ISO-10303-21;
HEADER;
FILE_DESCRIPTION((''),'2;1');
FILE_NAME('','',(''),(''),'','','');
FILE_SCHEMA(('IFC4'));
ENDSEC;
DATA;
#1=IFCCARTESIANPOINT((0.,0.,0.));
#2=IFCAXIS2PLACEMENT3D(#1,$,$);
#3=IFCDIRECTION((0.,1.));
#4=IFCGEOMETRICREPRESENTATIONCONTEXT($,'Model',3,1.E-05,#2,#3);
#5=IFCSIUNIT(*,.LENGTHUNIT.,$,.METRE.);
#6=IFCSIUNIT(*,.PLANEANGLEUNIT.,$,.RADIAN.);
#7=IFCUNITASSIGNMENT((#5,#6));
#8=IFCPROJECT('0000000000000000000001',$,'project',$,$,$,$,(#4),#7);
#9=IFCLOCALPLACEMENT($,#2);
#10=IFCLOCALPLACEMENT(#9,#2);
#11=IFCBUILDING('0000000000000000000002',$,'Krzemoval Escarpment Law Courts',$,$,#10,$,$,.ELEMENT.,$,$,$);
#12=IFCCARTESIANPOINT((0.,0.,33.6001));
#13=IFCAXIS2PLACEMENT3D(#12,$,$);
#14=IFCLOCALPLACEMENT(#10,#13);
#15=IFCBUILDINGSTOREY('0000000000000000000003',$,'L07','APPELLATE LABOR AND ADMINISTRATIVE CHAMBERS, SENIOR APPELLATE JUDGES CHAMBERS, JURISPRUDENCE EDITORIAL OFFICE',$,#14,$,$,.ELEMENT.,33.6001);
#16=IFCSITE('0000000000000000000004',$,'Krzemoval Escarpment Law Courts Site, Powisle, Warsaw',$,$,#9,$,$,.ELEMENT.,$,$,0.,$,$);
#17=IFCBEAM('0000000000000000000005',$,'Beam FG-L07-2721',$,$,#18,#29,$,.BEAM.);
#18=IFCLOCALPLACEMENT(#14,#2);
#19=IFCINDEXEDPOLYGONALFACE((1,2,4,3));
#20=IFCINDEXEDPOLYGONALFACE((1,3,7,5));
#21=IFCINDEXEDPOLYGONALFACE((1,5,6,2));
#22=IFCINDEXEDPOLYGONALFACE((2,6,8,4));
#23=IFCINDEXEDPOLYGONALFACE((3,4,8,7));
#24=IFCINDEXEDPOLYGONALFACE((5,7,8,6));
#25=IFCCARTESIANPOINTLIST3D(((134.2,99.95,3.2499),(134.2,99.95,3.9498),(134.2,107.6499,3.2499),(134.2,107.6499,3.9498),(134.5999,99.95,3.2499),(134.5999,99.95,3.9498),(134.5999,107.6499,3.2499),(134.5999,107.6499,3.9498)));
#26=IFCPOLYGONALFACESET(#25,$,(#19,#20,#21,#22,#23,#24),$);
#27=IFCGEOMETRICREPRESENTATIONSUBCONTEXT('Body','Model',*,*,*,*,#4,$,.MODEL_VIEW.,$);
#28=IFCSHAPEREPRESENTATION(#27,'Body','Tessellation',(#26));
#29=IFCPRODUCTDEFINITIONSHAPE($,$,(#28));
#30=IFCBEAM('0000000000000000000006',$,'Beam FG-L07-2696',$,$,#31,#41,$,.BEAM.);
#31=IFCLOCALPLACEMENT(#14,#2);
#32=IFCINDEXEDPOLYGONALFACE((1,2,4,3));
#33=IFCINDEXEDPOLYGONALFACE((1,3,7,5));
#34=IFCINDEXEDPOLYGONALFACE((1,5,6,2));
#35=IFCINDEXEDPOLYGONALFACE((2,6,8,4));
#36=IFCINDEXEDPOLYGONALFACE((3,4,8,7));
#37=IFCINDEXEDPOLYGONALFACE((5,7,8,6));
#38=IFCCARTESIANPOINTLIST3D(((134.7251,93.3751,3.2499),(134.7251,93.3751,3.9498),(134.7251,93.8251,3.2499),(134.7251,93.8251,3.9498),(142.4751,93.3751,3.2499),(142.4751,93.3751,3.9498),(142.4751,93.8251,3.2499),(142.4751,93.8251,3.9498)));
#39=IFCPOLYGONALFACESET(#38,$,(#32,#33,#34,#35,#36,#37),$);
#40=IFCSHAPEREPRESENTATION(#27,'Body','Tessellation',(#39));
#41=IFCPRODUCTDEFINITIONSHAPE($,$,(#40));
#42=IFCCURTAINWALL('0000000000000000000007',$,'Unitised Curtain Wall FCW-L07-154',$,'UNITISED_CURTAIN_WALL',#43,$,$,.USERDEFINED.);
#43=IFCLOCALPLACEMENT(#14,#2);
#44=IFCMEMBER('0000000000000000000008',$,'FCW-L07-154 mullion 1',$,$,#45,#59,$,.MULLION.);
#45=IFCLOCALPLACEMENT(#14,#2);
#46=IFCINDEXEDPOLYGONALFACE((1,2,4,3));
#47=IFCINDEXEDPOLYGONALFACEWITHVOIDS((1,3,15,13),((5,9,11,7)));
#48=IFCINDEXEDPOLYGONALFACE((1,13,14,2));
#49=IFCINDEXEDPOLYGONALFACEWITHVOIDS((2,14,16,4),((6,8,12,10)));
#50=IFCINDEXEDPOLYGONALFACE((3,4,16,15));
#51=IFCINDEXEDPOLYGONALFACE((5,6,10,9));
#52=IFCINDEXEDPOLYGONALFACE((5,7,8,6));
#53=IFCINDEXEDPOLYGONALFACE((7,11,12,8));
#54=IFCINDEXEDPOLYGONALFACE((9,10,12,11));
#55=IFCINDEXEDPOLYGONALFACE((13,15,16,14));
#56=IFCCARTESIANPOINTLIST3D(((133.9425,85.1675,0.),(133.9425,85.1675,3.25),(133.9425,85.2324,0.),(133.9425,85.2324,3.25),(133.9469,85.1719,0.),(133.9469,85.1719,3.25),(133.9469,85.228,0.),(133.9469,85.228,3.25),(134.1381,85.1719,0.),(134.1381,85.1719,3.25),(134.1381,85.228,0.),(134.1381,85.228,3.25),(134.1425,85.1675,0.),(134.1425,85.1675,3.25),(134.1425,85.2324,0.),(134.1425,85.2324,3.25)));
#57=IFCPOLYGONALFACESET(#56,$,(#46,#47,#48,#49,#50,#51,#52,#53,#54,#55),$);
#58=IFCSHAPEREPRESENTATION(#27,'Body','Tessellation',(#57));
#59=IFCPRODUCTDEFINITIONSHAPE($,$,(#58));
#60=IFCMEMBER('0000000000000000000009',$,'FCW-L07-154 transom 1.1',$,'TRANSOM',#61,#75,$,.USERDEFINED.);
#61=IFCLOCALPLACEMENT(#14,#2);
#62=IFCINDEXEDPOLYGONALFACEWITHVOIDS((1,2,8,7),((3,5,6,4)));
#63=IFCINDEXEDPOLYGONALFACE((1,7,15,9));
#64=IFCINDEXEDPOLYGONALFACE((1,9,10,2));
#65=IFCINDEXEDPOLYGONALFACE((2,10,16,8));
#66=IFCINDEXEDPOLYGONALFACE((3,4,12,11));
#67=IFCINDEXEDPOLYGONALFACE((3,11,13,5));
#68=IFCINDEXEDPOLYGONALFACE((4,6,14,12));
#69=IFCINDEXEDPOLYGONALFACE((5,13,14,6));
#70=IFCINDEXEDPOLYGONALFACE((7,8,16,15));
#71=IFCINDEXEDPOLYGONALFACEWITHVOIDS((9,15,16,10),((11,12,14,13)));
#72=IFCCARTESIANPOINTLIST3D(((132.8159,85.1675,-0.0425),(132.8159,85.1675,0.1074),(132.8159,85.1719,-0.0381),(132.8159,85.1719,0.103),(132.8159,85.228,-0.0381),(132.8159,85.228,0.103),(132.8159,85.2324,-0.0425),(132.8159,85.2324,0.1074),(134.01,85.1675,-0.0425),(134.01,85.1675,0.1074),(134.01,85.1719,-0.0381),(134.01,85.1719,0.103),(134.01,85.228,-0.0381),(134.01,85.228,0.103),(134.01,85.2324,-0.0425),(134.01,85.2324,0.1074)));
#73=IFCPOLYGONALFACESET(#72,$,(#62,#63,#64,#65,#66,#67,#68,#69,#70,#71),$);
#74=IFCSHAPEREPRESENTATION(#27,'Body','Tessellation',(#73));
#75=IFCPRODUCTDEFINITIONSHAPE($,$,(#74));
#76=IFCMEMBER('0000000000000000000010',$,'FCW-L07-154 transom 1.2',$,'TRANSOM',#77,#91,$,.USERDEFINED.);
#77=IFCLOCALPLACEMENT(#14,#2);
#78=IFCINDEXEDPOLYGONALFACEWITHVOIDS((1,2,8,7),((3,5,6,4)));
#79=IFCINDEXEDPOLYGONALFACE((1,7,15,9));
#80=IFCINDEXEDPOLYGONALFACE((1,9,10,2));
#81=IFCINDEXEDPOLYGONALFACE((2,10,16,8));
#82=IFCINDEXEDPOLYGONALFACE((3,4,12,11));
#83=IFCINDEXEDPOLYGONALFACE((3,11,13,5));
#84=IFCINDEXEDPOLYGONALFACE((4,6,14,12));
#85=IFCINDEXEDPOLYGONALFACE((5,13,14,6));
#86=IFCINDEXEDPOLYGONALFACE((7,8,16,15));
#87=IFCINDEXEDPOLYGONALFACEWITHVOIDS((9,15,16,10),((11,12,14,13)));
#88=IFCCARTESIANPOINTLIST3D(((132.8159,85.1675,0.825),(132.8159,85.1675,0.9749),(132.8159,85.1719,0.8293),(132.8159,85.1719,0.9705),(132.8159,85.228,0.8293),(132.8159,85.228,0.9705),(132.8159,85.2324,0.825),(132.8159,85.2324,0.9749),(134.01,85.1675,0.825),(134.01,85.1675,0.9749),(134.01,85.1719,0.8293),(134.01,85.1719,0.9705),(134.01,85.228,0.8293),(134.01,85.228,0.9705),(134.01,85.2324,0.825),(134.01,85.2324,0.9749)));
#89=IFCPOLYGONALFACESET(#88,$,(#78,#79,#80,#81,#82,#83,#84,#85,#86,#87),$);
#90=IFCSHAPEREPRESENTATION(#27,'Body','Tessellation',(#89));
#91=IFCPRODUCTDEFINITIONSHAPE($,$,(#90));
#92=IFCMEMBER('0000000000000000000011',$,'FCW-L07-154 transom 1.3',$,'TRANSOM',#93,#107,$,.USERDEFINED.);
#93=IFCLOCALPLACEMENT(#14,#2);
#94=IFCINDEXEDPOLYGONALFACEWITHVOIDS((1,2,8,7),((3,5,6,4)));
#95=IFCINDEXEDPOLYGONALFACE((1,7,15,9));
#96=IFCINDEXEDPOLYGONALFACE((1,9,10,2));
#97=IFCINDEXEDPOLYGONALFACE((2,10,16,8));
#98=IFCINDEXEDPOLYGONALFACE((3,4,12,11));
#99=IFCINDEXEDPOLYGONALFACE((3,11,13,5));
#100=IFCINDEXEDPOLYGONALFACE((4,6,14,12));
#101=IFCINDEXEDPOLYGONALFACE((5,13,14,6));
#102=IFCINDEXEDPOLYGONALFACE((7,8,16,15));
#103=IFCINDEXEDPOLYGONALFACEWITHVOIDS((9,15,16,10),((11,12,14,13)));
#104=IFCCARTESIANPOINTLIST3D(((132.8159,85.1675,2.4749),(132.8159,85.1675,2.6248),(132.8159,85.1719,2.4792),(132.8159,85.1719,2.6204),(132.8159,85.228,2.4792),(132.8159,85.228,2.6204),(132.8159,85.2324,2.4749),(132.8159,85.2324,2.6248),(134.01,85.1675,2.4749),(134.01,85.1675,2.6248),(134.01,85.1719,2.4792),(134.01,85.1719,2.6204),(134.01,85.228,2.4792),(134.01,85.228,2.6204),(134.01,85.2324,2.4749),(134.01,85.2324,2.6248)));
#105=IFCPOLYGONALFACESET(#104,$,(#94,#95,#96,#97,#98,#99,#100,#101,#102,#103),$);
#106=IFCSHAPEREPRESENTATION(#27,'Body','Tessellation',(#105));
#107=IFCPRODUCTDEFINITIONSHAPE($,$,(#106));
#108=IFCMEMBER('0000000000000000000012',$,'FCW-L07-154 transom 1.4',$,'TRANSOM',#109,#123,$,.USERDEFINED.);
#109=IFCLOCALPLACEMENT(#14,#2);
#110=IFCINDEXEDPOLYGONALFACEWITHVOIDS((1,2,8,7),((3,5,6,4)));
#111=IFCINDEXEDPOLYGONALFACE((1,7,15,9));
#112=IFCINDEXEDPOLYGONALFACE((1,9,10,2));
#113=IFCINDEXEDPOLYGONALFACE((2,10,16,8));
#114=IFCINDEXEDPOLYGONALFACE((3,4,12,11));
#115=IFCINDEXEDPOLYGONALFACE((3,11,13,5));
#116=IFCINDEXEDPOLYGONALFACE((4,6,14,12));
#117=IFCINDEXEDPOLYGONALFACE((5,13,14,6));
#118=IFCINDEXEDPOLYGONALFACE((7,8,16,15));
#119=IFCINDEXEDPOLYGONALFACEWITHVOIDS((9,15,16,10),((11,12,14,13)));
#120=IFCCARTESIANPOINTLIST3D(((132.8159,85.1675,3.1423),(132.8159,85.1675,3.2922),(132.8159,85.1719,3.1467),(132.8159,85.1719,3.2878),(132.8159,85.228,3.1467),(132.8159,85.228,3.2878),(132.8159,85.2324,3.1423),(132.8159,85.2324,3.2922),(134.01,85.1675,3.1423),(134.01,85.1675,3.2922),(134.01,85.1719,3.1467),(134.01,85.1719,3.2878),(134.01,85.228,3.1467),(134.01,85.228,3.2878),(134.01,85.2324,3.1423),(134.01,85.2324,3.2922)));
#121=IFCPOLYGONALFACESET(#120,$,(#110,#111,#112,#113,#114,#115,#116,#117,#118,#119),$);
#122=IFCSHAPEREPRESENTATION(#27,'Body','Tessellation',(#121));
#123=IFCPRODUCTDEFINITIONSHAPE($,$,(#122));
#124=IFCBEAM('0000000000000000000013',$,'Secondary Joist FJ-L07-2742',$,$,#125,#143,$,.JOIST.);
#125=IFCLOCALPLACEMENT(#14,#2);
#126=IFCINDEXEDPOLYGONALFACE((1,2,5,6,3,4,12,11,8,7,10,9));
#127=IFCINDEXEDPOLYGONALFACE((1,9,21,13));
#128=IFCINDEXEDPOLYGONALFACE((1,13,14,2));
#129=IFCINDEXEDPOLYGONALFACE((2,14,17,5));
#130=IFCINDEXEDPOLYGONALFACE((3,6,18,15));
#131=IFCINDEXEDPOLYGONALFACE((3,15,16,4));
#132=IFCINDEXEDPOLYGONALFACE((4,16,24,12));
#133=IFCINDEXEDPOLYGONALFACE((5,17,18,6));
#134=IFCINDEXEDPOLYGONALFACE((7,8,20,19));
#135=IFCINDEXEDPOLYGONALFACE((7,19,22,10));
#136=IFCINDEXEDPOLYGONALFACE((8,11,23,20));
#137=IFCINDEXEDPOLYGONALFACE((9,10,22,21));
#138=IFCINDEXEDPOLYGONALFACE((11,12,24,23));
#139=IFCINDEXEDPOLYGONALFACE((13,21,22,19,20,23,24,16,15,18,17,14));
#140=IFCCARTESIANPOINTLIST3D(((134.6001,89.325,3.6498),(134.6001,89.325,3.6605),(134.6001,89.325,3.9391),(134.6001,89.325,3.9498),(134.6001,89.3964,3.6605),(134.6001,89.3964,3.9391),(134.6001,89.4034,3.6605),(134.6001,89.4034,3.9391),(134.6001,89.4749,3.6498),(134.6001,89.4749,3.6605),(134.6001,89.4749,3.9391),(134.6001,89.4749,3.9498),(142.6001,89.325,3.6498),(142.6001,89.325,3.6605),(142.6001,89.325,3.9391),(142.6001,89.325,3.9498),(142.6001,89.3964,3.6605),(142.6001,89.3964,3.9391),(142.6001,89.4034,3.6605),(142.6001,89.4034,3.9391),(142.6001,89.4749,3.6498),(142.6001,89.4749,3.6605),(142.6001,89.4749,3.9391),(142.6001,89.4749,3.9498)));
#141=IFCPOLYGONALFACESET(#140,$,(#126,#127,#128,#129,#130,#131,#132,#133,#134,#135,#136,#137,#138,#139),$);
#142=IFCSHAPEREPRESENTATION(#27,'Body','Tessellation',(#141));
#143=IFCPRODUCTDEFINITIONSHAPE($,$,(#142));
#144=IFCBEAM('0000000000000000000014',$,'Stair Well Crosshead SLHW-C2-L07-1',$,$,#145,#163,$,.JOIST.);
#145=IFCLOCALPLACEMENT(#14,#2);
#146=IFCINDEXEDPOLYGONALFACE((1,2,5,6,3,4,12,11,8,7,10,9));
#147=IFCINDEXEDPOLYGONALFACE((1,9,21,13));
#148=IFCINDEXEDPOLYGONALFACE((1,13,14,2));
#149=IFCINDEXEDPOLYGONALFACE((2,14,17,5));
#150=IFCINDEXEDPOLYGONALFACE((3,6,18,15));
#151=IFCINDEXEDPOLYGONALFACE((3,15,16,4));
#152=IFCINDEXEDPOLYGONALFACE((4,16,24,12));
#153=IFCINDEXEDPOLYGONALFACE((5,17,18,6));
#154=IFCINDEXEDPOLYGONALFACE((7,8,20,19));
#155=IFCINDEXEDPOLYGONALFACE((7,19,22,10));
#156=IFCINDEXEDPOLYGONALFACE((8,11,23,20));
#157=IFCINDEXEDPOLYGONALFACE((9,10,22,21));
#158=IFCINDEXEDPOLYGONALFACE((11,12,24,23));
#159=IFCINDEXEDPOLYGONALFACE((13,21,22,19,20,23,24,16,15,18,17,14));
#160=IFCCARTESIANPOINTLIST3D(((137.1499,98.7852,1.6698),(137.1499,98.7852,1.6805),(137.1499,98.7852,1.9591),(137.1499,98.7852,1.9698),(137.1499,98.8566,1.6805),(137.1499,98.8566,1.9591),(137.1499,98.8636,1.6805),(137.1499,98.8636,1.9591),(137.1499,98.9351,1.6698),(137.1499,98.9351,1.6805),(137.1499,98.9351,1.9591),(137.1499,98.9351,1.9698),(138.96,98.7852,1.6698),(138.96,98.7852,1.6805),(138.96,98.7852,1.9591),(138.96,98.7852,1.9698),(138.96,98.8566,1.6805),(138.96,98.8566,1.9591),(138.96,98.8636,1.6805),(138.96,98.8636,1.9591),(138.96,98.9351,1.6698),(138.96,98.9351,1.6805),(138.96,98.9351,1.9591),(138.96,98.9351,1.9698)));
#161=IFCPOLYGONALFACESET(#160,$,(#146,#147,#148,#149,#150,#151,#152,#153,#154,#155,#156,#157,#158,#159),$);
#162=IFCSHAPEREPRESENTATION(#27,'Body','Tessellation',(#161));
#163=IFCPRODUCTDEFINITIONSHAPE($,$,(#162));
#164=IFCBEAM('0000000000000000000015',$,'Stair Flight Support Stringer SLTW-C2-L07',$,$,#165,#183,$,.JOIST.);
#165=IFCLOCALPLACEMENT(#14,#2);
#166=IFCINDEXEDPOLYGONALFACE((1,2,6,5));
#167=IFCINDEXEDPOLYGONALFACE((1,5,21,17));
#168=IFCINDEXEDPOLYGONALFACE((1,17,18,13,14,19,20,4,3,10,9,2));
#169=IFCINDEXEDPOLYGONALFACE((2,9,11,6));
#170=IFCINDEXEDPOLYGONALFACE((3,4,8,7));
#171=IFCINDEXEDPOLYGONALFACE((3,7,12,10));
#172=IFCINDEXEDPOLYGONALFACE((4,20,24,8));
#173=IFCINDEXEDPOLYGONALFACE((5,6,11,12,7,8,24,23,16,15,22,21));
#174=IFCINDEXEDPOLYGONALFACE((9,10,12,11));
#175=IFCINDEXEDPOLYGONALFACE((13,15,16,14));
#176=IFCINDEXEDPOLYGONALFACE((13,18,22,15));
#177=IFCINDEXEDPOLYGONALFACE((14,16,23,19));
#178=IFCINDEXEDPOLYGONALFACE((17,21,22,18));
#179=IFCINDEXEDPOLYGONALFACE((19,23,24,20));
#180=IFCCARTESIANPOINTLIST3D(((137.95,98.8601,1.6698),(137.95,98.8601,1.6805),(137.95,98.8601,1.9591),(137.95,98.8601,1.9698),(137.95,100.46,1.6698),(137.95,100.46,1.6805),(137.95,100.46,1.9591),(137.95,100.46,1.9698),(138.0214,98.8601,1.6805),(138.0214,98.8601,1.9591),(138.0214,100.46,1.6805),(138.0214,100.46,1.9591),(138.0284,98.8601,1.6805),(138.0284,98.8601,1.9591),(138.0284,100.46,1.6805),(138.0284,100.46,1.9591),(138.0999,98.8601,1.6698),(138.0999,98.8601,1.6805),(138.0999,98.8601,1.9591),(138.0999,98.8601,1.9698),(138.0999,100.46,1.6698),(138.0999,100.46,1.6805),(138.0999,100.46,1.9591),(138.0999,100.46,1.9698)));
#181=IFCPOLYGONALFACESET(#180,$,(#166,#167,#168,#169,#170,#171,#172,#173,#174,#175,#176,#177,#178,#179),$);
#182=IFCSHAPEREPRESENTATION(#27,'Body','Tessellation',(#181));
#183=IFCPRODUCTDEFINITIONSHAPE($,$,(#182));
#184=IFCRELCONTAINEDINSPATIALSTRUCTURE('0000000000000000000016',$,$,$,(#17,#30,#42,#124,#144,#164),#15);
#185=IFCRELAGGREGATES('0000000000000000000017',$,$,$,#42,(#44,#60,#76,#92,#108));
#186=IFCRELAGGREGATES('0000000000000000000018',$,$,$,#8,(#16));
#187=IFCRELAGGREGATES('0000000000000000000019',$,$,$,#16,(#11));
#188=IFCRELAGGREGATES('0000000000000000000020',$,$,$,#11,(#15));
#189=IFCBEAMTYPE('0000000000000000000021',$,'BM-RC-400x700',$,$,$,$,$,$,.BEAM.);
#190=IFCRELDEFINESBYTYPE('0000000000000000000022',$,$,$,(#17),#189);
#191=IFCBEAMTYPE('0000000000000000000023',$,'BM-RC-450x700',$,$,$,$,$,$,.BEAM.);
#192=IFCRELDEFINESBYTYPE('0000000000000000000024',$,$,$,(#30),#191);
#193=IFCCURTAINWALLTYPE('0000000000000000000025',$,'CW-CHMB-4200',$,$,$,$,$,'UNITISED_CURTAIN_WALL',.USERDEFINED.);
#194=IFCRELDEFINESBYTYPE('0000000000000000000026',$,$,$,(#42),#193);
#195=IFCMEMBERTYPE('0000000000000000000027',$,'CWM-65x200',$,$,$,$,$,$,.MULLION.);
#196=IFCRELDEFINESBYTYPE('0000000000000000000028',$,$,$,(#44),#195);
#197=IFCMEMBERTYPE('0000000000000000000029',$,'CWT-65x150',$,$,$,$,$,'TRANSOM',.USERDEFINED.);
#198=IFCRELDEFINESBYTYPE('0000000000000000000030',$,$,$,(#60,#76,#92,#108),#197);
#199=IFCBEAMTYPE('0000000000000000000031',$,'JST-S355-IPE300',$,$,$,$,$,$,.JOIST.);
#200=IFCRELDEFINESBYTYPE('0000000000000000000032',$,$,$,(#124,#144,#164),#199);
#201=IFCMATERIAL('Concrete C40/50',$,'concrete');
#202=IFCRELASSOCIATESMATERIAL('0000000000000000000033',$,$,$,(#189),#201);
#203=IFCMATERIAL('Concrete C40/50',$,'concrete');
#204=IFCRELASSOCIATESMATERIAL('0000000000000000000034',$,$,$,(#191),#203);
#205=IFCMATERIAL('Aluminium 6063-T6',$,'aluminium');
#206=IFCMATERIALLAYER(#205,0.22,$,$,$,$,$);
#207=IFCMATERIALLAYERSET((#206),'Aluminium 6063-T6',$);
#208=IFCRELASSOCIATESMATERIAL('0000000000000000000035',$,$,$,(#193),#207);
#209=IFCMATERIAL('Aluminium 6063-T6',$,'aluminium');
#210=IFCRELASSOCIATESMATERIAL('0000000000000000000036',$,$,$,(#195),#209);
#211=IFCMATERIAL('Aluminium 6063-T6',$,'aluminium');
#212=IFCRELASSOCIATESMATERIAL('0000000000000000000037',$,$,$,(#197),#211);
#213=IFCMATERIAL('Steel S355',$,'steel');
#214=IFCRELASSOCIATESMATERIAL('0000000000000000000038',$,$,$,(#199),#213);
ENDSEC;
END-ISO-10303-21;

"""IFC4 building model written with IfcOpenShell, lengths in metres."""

from ifc_helpers import new_model, si_unit, direction, frame, origin, origin_2d, place, context, subcontext, project, spatial, rectangle, hollow_rectangle, i_section, extrude, material, layer, layer_set, material_profile, profile_set, type_object, element, aggregate, save


model = new_model("IFC4")

# Units and contexts
model_context = context("Model", 3, precision=1e-05, world=origin(), true_north=direction((0.0, 1.0)))
body_context = subcontext(model_context, "Body", "Model", "MODEL_VIEW")
ifc_project = project(units=[si_unit("LENGTHUNIT", "METRE"), si_unit("PLANEANGLEUNIT", "RADIAN")], contexts=[model_context])

# Site, building, storey
site_placement = place(None, origin())
site = spatial("IfcSite", under=ifc_project, at=site_placement, Name="Krzemoval Escarpment Law Courts Site, Powisle, Warsaw", CompositionType="ELEMENT", RefElevation=0.0)
building_placement = place(site_placement, origin())
building = spatial("IfcBuilding", under=site, at=building_placement, Name="Krzemoval Escarpment Law Courts", CompositionType="ELEMENT")
storey_placement = place(building_placement, frame((0.0, 0.0, 33.6001)))
storey = spatial("IfcBuildingStorey", under=building, at=storey_placement, Name="L07", Description="APPELLATE LABOR AND ADMINISTRATIVE CHAMBERS, SENIOR APPELLATE JUDGES CHAMBERS, JURISPRUDENCE EDITORIAL OFFICE", CompositionType="ELEMENT", Elevation=33.6001)

# Beams
ifc_material_1 = material(Name="Concrete C40/50", Category="concrete")
ifc_material_profile_1 = material_profile(ifc_material_1, rectangle(XDim=0.3999, YDim=0.7, at=origin_2d()), Name="RCB 400x700")
ifc_profile_set_1 = profile_set([ifc_material_profile_1], Name="Concrete C40/50")
beam_type_1 = type_object("IfcBeamType", Name="BM-RC-400x700", PredefinedType="BEAM", material=ifc_profile_set_1)
beam_1_placement = place(storey_placement, frame((134.3999, 99.95, 3.5999), z_axis=(0.0, 1.0, 0.0), x_axis=(-1.0, 0.0, 0.0)))
element("IfcBeam", 1, at=beam_1_placement, inside=storey, type_object=beam_type_1, Name="Beam FG-L07-2721", PredefinedType="BEAM", context=body_context, shape_type="SweptSolid", body=[
    extrude(rectangle(XDim=0.3999, YDim=0.7, at=origin_2d()), origin(), (0.0, 0.0, 1.0), 7.7),
])
ifc_material_2 = material(Name="Concrete C40/50", Category="concrete")
ifc_material_profile_2 = material_profile(ifc_material_2, rectangle(XDim=0.45, YDim=0.7, at=origin_2d()), Name="RCB 450x700")
ifc_profile_set_2 = profile_set([ifc_material_profile_2], Name="Concrete C40/50")
beam_type_2 = type_object("IfcBeamType", Name="BM-RC-450x700", PredefinedType="BEAM", material=ifc_profile_set_2)
beam_2_placement = place(storey_placement, frame((134.7251, 93.6001, 3.5999), z_axis=(1.0, 0.0, 0.0), x_axis=(0.0, 1.0, 0.0)))
element("IfcBeam", 2, at=beam_2_placement, inside=storey, type_object=beam_type_2, Name="Beam FG-L07-2696", PredefinedType="BEAM", context=body_context, shape_type="SweptSolid", body=[
    extrude(rectangle(XDim=0.45, YDim=0.7, at=origin_2d()), origin(), (0.0, 0.0, 1.0), 7.75),
])

# Curtain wall, members
ifc_material_3 = material(Name="Aluminium 6063-T6", Category="aluminium")
ifc_layer_1 = layer(ifc_material_3, 0.22)
ifc_layer_set_1 = layer_set([ifc_layer_1], Name="Aluminium 6063-T6")
curtain_wall_type = type_object("IfcCurtainWallType", Name="CW-CHMB-4200", ElementType="UNITISED_CURTAIN_WALL", PredefinedType="USERDEFINED", material=ifc_layer_set_1)
curtain_wall_placement = place(storey_placement, origin())
curtain_wall = element("IfcCurtainWall", 3, at=curtain_wall_placement, inside=storey, type_object=curtain_wall_type, Name="Unitised Curtain Wall FCW-L07-154", ObjectType="UNITISED_CURTAIN_WALL", PredefinedType="USERDEFINED")
ifc_material_4 = material(Name="Aluminium 6063-T6", Category="aluminium")
ifc_material_profile_3 = material_profile(ifc_material_4, hollow_rectangle(XDim=0.0649, YDim=0.2, WallThickness=0.0044, at=origin_2d()), Name="ALU M65x200")
ifc_profile_set_3 = profile_set([ifc_material_profile_3], Name="Aluminium 6063-T6")
member_type_1 = type_object("IfcMemberType", Name="CWM-65x200", PredefinedType="MULLION", material=ifc_profile_set_3)
member_1_placement = place(storey_placement, frame((134.0425, 85.2, 0.0), z_axis=(0.0, 0.0, 1.0), x_axis=(0.0, -1.0, 0.0)))
member_1 = element("IfcMember", 4, at=member_1_placement, type_object=member_type_1, Name="FCW-L07-154 mullion 1", PredefinedType="MULLION", context=body_context, shape_type="SweptSolid", body=[
    extrude(hollow_rectangle(XDim=0.0649, YDim=0.2, WallThickness=0.0044, at=origin_2d()), origin(), (0.0, 0.0, 1.0), 3.25),
])
ifc_material_5 = material(Name="Aluminium 6063-T6", Category="aluminium")
ifc_material_profile_4 = material_profile(ifc_material_5, hollow_rectangle(XDim=0.0649, YDim=0.1499, WallThickness=0.0044, at=origin_2d()), Name="ALU T65x150")
ifc_profile_set_4 = profile_set([ifc_material_profile_4], Name="Aluminium 6063-T6")
member_type_2 = type_object("IfcMemberType", Name="CWT-65x150", ElementType="TRANSOM", PredefinedType="USERDEFINED", material=ifc_profile_set_4)
member_2_placement = place(storey_placement, frame((134.01, 85.2, 0.0325), z_axis=(-1.0, 0.0, 0.0), x_axis=(0.0, -1.0, 0.0)))
member_2 = element("IfcMember", 5, at=member_2_placement, type_object=member_type_2, Name="FCW-L07-154 transom 1.1", ObjectType="TRANSOM", PredefinedType="USERDEFINED", context=body_context, shape_type="SweptSolid", body=[
    extrude(hollow_rectangle(XDim=0.0649, YDim=0.1499, WallThickness=0.0044, at=origin_2d()), origin(), (0.0, 0.0, 1.0), 1.1941),
])
member_3_placement = place(storey_placement, frame((134.01, 85.2, 0.8999), z_axis=(-1.0, 0.0, 0.0), x_axis=(0.0, -1.0, 0.0)))
member_3 = element("IfcMember", 6, at=member_3_placement, type_object=member_type_2, Name="FCW-L07-154 transom 1.2", ObjectType="TRANSOM", PredefinedType="USERDEFINED", context=body_context, shape_type="SweptSolid", body=[
    extrude(hollow_rectangle(XDim=0.0649, YDim=0.1499, WallThickness=0.0044, at=origin_2d()), origin(), (0.0, 0.0, 1.0), 1.1941),
])
member_4_placement = place(storey_placement, frame((134.01, 85.2, 2.5498), z_axis=(-1.0, 0.0, 0.0), x_axis=(0.0, -1.0, 0.0)))
member_4 = element("IfcMember", 7, at=member_4_placement, type_object=member_type_2, Name="FCW-L07-154 transom 1.3", ObjectType="TRANSOM", PredefinedType="USERDEFINED", context=body_context, shape_type="SweptSolid", body=[
    extrude(hollow_rectangle(XDim=0.0649, YDim=0.1499, WallThickness=0.0044, at=origin_2d()), origin(), (0.0, 0.0, 1.0), 1.1941),
])
member_5_placement = place(storey_placement, frame((134.01, 85.2, 3.2173), z_axis=(-1.0, 0.0, 0.0), x_axis=(0.0, -1.0, 0.0)))
member_5 = element("IfcMember", 8, at=member_5_placement, type_object=member_type_2, Name="FCW-L07-154 transom 1.4", ObjectType="TRANSOM", PredefinedType="USERDEFINED", context=body_context, shape_type="SweptSolid", body=[
    extrude(hollow_rectangle(XDim=0.0649, YDim=0.1499, WallThickness=0.0044, at=origin_2d()), origin(), (0.0, 0.0, 1.0), 1.1941),
])

# Beams
ifc_material_6 = material(Name="Steel S355", Category="steel")
ifc_material_profile_5 = material_profile(ifc_material_6, i_section(OverallWidth=0.1499, OverallDepth=0.3, WebThickness=0.0071, FlangeThickness=0.0107, at=origin_2d()), Name="IPE 300")
ifc_profile_set_5 = profile_set([ifc_material_profile_5], Name="Steel S355")
beam_type_3 = type_object("IfcBeamType", Name="JST-S355-IPE300", PredefinedType="JOIST", material=ifc_profile_set_5)
beam_3_placement = place(storey_placement, frame((134.6001, 89.3999, 3.7998), z_axis=(1.0, 0.0, 0.0), x_axis=(0.0, 1.0, 0.0)))
element("IfcBeam", 9, at=beam_3_placement, inside=storey, type_object=beam_type_3, Name="Secondary Joist FJ-L07-2742", PredefinedType="JOIST", context=body_context, shape_type="SweptSolid", body=[
    extrude(i_section(OverallWidth=0.1499, OverallDepth=0.3, WebThickness=0.0071, FlangeThickness=0.0107, at=origin_2d()), origin(), (0.0, 0.0, 1.0), 8.0),
])
beam_4_placement = place(storey_placement, frame((137.1499, 98.8601, 1.8198), z_axis=(1.0, 0.0, 0.0), x_axis=(0.0, 1.0, 0.0)))
element("IfcBeam", 10, at=beam_4_placement, inside=storey, type_object=beam_type_3, Name="Stair Well Crosshead SLHW-C2-L07-1", PredefinedType="JOIST", context=body_context, shape_type="SweptSolid", body=[
    extrude(i_section(OverallWidth=0.1499, OverallDepth=0.3, WebThickness=0.0071, FlangeThickness=0.0107, at=origin_2d()), origin(), (0.0, 0.0, 1.0), 1.8101),
])
beam_5_placement = place(storey_placement, frame((138.0249, 98.8601, 1.8198), z_axis=(0.0, 1.0, 0.0), x_axis=(-1.0, 0.0, 0.0)))
element("IfcBeam", 11, at=beam_5_placement, inside=storey, type_object=beam_type_3, Name="Stair Flight Support Stringer SLTW-C2-L07", PredefinedType="JOIST", context=body_context, shape_type="SweptSolid", body=[
    extrude(i_section(OverallWidth=0.1499, OverallDepth=0.3, WebThickness=0.0071, FlangeThickness=0.0107, at=origin_2d()), origin(), (0.0, 0.0, 1.0), 1.5999),
])

aggregate(curtain_wall, [member_1, member_2, member_3, member_4, member_5])

save(model, "model.ifc")
